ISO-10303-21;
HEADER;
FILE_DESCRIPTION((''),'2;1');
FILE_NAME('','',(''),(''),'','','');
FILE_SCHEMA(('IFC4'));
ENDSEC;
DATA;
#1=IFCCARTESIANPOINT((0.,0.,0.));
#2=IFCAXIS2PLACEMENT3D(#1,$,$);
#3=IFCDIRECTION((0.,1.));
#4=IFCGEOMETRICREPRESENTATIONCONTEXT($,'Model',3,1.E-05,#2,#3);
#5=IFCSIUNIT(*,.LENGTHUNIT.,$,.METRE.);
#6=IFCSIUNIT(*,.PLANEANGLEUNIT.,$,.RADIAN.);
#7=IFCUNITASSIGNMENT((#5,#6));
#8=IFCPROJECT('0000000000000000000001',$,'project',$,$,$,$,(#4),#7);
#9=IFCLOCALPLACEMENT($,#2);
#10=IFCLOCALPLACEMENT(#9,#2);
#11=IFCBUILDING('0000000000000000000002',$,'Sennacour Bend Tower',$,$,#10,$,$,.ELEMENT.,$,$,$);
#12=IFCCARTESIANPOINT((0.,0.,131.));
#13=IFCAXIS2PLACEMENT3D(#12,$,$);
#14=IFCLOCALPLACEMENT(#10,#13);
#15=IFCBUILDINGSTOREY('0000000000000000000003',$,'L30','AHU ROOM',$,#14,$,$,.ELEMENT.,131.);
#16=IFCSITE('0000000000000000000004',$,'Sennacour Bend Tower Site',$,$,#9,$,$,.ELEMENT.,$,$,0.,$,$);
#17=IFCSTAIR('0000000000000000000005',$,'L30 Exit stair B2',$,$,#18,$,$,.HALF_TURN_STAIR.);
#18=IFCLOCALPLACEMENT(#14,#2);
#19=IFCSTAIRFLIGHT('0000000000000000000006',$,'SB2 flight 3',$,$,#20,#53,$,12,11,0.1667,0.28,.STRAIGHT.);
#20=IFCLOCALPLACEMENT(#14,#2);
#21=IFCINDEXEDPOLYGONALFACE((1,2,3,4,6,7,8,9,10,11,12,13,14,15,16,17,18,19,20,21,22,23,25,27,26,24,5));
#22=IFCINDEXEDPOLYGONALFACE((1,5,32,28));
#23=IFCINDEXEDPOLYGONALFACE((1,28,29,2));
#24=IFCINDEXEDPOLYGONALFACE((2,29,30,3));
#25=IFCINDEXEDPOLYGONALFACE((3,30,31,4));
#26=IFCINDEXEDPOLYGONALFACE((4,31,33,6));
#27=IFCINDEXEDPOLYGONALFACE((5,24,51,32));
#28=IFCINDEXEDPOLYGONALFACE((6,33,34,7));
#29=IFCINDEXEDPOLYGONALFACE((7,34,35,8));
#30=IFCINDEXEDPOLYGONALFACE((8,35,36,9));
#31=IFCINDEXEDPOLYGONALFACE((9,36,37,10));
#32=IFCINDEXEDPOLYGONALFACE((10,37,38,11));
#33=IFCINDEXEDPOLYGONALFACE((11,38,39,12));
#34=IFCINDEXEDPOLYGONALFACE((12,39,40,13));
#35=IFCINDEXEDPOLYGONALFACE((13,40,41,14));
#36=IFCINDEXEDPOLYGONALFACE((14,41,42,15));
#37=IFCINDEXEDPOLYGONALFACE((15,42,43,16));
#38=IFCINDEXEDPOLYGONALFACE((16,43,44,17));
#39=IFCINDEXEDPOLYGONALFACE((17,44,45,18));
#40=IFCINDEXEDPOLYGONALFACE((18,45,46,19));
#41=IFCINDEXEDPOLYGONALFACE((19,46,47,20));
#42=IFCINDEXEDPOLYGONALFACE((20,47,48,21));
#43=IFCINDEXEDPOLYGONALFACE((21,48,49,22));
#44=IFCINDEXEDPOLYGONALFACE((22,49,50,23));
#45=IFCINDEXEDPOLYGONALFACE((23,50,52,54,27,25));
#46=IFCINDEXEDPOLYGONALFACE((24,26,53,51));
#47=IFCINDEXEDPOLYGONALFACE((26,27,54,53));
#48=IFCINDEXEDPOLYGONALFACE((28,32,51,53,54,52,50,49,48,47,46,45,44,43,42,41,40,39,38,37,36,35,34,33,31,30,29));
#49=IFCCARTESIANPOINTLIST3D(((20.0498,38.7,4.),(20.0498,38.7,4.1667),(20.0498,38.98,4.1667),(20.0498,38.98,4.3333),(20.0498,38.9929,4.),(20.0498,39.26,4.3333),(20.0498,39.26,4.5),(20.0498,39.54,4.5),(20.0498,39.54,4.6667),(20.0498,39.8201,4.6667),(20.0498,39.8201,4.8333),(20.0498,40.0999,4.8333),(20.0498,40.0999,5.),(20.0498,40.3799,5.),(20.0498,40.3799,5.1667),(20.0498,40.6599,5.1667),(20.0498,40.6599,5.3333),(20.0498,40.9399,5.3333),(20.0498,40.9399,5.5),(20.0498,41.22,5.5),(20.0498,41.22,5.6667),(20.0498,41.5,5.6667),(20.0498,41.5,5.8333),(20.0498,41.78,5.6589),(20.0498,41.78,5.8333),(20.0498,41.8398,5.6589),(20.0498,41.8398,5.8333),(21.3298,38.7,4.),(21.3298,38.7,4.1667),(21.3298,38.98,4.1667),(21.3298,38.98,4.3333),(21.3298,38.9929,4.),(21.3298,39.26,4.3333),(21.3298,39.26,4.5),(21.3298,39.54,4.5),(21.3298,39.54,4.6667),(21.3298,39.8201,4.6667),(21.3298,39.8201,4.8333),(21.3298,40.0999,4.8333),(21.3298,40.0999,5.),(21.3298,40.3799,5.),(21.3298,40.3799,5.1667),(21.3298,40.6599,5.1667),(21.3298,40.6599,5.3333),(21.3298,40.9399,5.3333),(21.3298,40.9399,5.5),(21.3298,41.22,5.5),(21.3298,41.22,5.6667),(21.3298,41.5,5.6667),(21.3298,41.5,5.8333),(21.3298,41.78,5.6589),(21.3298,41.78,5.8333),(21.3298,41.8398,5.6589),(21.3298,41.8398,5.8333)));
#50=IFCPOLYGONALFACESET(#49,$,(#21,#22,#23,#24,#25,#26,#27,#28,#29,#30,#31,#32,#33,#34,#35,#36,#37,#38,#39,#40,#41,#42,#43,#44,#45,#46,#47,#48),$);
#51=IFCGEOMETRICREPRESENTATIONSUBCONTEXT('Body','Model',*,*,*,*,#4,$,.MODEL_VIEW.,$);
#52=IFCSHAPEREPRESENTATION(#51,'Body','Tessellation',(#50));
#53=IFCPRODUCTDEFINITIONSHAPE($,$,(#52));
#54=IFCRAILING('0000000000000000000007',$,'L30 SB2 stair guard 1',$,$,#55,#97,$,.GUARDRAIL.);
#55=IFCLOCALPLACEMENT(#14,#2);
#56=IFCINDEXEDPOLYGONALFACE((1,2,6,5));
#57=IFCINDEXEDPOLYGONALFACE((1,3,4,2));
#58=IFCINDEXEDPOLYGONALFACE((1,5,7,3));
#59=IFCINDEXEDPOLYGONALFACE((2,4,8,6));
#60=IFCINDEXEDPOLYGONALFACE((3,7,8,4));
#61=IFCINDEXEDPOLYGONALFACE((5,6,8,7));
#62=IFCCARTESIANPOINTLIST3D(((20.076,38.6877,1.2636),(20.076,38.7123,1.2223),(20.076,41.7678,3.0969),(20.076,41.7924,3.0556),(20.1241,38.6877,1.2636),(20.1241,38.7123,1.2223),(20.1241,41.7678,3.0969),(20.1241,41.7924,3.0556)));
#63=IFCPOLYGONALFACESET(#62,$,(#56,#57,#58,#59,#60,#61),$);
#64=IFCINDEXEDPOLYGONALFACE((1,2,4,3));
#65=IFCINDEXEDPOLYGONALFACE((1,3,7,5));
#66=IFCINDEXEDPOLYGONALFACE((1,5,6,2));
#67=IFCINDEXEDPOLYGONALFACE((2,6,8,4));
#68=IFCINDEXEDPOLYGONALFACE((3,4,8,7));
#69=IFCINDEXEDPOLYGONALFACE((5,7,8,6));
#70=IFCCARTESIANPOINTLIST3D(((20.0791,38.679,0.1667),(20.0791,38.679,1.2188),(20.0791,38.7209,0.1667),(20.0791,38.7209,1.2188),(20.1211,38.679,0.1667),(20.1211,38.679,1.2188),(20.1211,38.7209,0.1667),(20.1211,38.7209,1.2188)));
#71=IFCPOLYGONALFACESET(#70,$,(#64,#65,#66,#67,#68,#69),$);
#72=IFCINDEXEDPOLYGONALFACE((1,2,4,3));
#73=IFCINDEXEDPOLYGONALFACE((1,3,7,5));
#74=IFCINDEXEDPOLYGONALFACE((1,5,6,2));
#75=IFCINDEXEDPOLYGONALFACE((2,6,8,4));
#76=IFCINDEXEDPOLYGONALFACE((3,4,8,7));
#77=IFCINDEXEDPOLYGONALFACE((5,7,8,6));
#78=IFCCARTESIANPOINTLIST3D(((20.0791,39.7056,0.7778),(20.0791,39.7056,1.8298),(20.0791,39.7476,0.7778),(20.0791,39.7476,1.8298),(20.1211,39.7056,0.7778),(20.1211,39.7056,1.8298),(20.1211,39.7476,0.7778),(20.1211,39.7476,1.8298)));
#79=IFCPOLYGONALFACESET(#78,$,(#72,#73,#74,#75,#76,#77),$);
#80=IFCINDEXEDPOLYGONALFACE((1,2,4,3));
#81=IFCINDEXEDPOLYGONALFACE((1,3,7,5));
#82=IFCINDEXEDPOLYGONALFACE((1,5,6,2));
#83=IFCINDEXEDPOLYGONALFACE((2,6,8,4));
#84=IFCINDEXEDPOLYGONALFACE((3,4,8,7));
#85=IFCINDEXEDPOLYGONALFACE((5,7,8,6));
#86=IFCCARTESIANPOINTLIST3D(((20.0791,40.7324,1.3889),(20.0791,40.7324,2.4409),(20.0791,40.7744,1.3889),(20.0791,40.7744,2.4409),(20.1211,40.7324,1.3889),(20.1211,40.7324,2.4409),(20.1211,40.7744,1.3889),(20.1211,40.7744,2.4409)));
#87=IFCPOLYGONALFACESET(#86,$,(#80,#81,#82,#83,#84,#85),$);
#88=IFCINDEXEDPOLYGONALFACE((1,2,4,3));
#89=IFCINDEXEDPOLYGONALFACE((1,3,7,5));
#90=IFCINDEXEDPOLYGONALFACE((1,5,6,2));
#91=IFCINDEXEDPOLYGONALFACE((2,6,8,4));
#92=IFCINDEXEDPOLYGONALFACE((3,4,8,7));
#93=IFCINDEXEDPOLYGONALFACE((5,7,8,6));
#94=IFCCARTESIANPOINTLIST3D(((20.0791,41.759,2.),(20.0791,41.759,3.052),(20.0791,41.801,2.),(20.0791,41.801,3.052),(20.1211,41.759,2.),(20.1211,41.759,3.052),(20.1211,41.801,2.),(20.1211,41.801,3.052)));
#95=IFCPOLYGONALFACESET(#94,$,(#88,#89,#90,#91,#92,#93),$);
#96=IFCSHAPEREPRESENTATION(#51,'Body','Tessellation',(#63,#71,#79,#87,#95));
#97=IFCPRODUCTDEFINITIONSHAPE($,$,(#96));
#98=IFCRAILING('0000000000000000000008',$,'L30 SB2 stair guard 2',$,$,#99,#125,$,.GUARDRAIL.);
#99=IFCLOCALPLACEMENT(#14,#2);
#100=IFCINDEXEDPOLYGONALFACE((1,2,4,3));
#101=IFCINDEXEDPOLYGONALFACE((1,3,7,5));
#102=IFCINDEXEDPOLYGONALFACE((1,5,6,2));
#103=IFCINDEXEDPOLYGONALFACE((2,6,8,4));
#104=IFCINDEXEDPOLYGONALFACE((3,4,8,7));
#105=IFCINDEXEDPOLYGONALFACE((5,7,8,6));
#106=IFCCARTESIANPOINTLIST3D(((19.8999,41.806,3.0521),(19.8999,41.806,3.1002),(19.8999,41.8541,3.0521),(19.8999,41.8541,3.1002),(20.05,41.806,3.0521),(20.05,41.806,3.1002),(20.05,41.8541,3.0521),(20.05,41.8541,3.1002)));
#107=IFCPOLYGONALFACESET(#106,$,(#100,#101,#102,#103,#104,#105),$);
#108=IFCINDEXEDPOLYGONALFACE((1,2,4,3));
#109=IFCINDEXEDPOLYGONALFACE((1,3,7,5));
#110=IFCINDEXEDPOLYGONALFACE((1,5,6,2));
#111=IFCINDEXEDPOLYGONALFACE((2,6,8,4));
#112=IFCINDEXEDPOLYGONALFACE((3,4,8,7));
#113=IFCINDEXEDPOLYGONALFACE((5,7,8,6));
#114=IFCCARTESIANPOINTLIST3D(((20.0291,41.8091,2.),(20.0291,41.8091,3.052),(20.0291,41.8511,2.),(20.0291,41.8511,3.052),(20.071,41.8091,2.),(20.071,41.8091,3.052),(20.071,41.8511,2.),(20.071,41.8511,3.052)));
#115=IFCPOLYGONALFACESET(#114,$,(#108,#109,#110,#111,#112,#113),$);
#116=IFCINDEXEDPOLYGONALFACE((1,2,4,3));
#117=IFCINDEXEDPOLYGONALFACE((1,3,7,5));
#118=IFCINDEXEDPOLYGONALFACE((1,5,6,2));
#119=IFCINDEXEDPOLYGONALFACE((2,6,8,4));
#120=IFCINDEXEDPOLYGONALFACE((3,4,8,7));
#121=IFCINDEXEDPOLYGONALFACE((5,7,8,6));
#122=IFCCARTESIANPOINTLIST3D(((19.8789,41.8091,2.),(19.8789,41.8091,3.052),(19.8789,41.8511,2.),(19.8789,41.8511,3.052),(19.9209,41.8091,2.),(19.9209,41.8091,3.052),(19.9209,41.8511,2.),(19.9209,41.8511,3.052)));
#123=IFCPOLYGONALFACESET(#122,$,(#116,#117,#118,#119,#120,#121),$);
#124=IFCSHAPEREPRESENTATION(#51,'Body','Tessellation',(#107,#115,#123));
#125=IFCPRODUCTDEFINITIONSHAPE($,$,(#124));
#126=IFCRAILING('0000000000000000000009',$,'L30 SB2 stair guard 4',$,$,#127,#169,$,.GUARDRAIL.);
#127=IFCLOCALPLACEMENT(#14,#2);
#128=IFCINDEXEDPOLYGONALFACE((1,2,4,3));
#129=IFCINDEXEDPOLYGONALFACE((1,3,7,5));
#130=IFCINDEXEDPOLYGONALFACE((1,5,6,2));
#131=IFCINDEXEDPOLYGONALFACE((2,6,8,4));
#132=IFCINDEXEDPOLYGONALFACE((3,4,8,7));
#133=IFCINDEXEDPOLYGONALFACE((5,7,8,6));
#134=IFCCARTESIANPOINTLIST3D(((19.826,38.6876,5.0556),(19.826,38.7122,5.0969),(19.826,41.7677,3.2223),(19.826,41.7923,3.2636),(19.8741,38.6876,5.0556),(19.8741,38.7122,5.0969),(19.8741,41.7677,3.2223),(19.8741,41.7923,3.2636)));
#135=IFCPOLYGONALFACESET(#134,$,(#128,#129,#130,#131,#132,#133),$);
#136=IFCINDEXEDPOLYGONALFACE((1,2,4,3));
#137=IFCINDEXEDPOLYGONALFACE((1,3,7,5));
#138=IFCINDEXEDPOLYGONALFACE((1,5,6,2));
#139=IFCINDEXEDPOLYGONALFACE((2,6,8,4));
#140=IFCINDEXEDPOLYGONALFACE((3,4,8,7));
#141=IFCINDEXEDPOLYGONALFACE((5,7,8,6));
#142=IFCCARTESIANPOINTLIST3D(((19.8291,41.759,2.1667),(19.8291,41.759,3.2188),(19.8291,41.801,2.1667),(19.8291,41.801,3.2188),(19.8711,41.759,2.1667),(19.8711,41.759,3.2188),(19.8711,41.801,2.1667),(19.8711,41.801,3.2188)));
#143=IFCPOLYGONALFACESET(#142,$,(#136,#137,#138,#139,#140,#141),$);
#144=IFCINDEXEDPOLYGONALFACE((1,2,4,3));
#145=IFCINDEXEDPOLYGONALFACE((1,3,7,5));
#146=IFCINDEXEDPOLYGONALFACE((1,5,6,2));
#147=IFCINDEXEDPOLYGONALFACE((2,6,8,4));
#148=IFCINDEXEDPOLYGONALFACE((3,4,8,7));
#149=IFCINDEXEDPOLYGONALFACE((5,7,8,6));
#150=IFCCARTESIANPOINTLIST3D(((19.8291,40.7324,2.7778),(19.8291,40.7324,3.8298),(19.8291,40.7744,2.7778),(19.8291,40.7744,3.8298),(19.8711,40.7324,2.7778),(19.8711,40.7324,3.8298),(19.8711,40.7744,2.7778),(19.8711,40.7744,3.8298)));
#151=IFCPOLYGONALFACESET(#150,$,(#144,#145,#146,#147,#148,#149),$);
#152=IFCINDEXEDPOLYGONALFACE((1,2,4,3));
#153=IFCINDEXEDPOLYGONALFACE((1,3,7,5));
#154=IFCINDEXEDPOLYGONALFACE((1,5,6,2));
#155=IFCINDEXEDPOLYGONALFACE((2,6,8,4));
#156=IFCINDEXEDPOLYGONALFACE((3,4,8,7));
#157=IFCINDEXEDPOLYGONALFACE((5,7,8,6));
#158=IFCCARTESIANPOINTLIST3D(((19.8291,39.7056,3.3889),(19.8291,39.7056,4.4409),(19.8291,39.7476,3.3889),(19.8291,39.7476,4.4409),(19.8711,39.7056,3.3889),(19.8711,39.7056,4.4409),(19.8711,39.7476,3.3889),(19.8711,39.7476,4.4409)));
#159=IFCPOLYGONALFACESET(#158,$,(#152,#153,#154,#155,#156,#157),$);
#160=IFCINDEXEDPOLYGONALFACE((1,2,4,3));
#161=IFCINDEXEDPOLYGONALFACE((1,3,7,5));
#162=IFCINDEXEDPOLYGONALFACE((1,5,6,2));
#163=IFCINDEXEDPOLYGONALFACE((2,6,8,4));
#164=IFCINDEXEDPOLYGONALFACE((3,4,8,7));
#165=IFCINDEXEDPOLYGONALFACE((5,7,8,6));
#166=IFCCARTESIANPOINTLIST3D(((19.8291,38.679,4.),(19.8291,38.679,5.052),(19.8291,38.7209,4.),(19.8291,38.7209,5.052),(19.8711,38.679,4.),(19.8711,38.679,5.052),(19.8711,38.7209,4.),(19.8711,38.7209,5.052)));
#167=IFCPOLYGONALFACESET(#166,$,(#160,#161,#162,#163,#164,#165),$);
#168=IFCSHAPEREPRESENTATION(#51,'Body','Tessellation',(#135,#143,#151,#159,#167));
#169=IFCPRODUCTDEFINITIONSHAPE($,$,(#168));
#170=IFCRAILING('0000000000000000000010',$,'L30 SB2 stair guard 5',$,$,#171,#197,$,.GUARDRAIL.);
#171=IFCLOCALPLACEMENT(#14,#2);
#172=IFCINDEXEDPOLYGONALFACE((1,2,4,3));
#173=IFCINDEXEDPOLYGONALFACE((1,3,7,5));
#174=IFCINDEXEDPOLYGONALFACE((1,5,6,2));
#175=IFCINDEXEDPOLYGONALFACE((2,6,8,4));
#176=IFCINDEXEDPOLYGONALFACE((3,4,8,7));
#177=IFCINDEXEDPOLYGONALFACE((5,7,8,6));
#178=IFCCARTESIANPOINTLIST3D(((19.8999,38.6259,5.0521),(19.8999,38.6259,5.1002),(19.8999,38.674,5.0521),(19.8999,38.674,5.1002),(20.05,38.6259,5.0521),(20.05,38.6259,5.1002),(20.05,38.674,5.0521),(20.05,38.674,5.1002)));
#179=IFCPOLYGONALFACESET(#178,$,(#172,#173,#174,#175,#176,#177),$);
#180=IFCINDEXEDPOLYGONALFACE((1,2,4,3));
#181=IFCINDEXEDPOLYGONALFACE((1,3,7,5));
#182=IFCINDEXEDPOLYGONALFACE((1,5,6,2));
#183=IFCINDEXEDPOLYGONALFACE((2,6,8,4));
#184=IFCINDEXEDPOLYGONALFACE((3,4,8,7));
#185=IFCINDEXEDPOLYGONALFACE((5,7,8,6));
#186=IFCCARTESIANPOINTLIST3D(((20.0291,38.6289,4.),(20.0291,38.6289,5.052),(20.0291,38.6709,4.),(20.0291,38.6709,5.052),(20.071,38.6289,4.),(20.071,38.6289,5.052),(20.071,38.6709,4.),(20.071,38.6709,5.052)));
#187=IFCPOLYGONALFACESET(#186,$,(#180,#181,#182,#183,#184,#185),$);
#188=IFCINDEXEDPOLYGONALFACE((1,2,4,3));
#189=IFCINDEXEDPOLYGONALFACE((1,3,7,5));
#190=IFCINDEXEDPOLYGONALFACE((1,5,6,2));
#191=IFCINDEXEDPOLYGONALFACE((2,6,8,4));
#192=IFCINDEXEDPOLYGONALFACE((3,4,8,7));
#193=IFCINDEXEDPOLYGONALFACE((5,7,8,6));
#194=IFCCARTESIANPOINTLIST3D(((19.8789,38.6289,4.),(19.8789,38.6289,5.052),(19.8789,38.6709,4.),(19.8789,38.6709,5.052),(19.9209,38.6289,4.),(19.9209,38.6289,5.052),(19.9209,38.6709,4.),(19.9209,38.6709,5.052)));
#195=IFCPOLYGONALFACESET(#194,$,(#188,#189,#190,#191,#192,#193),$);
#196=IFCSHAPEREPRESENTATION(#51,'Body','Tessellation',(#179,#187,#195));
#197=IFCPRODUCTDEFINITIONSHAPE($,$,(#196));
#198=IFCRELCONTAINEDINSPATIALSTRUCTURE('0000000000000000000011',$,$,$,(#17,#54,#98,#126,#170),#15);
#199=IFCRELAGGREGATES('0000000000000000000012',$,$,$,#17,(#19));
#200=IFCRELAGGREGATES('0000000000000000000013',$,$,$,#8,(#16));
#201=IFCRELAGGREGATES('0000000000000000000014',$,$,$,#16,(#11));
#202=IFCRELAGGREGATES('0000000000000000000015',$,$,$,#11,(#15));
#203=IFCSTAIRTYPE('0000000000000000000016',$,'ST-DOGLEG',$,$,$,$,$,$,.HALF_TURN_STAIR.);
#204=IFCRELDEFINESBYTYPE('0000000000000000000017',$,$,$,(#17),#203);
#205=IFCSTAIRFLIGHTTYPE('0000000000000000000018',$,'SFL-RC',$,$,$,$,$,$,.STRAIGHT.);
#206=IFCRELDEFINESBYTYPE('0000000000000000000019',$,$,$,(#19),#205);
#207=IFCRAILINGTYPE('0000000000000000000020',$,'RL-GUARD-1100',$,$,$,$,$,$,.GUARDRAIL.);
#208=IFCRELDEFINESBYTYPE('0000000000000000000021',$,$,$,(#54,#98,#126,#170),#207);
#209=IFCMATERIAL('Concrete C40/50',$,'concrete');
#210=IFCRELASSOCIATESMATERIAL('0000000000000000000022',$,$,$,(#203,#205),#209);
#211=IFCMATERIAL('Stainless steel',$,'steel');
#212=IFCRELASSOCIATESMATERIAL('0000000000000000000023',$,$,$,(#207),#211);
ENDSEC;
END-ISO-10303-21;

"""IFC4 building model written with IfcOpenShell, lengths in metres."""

from ifc_helpers import new_model, si_unit, direction, frame, origin, origin_2d, place, context, subcontext, project, spatial, polyline, rectangle, outline, extrude, material, type_object, element, aggregate, save


model = new_model("IFC4")

# Units and contexts
model_context = context("Model", 3, precision=1e-05, world=origin(), true_north=direction((0.0, 1.0)))
body_context = subcontext(model_context, "Body", "Model", "MODEL_VIEW")
ifc_project = project(units=[si_unit("LENGTHUNIT", "METRE"), si_unit("PLANEANGLEUNIT", "RADIAN")], contexts=[model_context])

# Site, building, storey
site_placement = place(None, origin())
site = spatial("IfcSite", under=ifc_project, at=site_placement, Name="Sennacour Bend Tower Site", CompositionType="ELEMENT", RefElevation=0.0)
building_placement = place(site_placement, origin())
building = spatial("IfcBuilding", under=site, at=building_placement, Name="Sennacour Bend Tower", CompositionType="ELEMENT")
storey_placement = place(building_placement, frame((0.0, 0.0, 131.0)))
storey = spatial("IfcBuildingStorey", under=building, at=storey_placement, Name="L30", Description="AHU ROOM", CompositionType="ELEMENT", Elevation=131.0)

# Stair, stair flight
ifc_material_1 = material(Name="Concrete C40/50", Category="concrete")
stair_type = type_object("IfcStairType", Name="ST-DOGLEG", PredefinedType="HALF_TURN_STAIR", material=ifc_material_1)
stair_placement = place(storey_placement, origin())
stair = element("IfcStair", 1, at=stair_placement, inside=storey, type_object=stair_type, Name="L30 Exit stair B2", PredefinedType="HALF_TURN_STAIR")
stair_flight_type = type_object("IfcStairFlightType", Name="SFL-RC", PredefinedType="STRAIGHT", material=ifc_material_1)
stair_flight_1_placement = place(storey_placement, frame((20.6899, 38.7, 4.0), z_axis=(0.0, 0.0, 1.0), x_axis=(0.0, 1.0, 0.0)))
stair_flight_1 = element("IfcStairFlight", 2, at=stair_flight_1_placement, type_object=stair_flight_type, Name="SB2 flight 3", NumberOfRisers=12, NumberOfTreads=11, PredefinedType="STRAIGHT", RiserHeight=0.1667, TreadLength=0.28, context=body_context, shape_type="SweptSolid", body=[
    extrude(outline(polyline([(0.0, 0.0), (0.0, 0.1667), (0.28, 0.1667), (0.28, 0.3333), (0.5601, 0.3333), (0.5601, 0.5), (0.8401, 0.5), (0.8401, 0.6667), (1.1201, 0.6667), (1.1201, 0.8333), (1.3999, 0.8333), (1.3999, 1.0), (1.6799, 1.0), (1.6799, 1.1667), (1.96, 1.1667), (1.96, 1.3333), (2.24, 1.3333), (2.24, 1.5), (2.52, 1.5), (2.52, 1.6667), (2.8, 1.6667), (2.8, 1.8333), (3.0801, 1.8333), (3.1399, 1.8333), (3.1399, 1.6589), (3.0801, 1.6589), (0.293, 0.0), (0.0, 0.0)])), frame((0.0, 0.6401, 0.0), z_axis=(0.0, -1.0, 0.0), x_axis=(1.0, 0.0, 0.0)), (0.0, 0.0, 1.0), 1.28),
])
aggregate(stair, [stair_flight_1])

# Railings
ifc_material_2 = material(Name="Stainless steel", Category="steel")
railing_type_1 = type_object("IfcRailingType", Name="RL-GUARD-1100", PredefinedType="GUARDRAIL", material=ifc_material_2)
railing_1_placement = place(storey_placement, frame((20.1001, 38.7, 0.1667)))
element("IfcRailing", 3, at=railing_1_placement, inside=storey, type_object=railing_type_1, Name="L30 SB2 stair guard 1", PredefinedType="GUARDRAIL", context=body_context, shape_type="SweptSolid", body=[
    extrude(rectangle(XDim=0.0481, YDim=0.0481, at=origin_2d()), frame((0.0, 0.0, 1.0762), z_axis=(0.0, 0.859309, 0.511458), x_axis=(-1.0, 0.0, 0.0)), (0.0, 0.0, 1.0), 3.5845),
    extrude(rectangle(XDim=0.042, YDim=0.042, at=origin_2d()), origin(), (0.0, 0.0, 1.0), 1.052),
    extrude(rectangle(XDim=0.042, YDim=0.042, at=origin_2d()), frame((0.0, 1.0266, 0.6111)), (0.0, 0.0, 1.0), 1.052),
    extrude(rectangle(XDim=0.042, YDim=0.042, at=origin_2d()), frame((0.0, 2.0535, 1.2222)), (0.0, 0.0, 1.0), 1.052),
    extrude(rectangle(XDim=0.042, YDim=0.042, at=origin_2d()), frame((0.0, 3.0801, 1.8333)), (0.0, 0.0, 1.0), 1.052),
])
railing_2_placement = place(storey_placement, frame((20.05, 41.8301, 2.0)))
element("IfcRailing", 4, at=railing_2_placement, inside=storey, type_object=railing_type_1, Name="L30 SB2 stair guard 2", PredefinedType="GUARDRAIL", context=body_context, shape_type="SweptSolid", body=[
    extrude(rectangle(XDim=0.0481, YDim=0.0481, at=origin_2d()), frame((0.0, 0.0, 1.0762), z_axis=(-1.0, 0.0, 0.0), x_axis=(0.0, -1.0, 0.0)), (0.0, 0.0, 1.0), 0.1501),
    extrude(rectangle(XDim=0.042, YDim=0.042, at=origin_2d()), origin(), (0.0, 0.0, 1.0), 1.052),
    extrude(rectangle(XDim=0.042, YDim=0.042, at=origin_2d()), frame((-0.1501, 0.0, 0.0)), (0.0, 0.0, 1.0), 1.052),
])
railing_3_placement = place(storey_placement, frame((19.8501, 41.78, 2.1667)))
element("IfcRailing", 5, at=railing_3_placement, inside=storey, type_object=railing_type_1, Name="L30 SB2 stair guard 4", PredefinedType="GUARDRAIL", context=body_context, shape_type="SweptSolid", body=[
    extrude(rectangle(XDim=0.0481, YDim=0.0481, at=origin_2d()), frame((0.0, 0.0, 1.0762), z_axis=(0.0, -0.859309, 0.511458), x_axis=(1.0, 0.0, 0.0)), (0.0, 0.0, 1.0), 3.5845),
    extrude(rectangle(XDim=0.042, YDim=0.042, at=origin_2d()), origin(), (0.0, 0.0, 1.0), 1.052),
    extrude(rectangle(XDim=0.042, YDim=0.042, at=origin_2d()), frame((0.0, -1.0266, 0.6111)), (0.0, 0.0, 1.0), 1.052),
    extrude(rectangle(XDim=0.042, YDim=0.042, at=origin_2d()), frame((0.0, -2.0535, 1.2222)), (0.0, 0.0, 1.0), 1.052),
    extrude(rectangle(XDim=0.042, YDim=0.042, at=origin_2d()), frame((0.0, -3.0801, 1.8333)), (0.0, 0.0, 1.0), 1.052),
])
railing_4_placement = place(storey_placement, frame((20.05, 38.6499, 4.0)))
element("IfcRailing", 6, at=railing_4_placement, inside=storey, type_object=railing_type_1, Name="L30 SB2 stair guard 5", PredefinedType="GUARDRAIL", context=body_context, shape_type="SweptSolid", body=[
    extrude(rectangle(XDim=0.0481, YDim=0.0481, at=origin_2d()), frame((0.0, 0.0, 1.0762), z_axis=(-1.0, 0.0, 0.0), x_axis=(0.0, -1.0, 0.0)), (0.0, 0.0, 1.0), 0.1501),
    extrude(rectangle(XDim=0.042, YDim=0.042, at=origin_2d()), origin(), (0.0, 0.0, 1.0), 1.052),
    extrude(rectangle(XDim=0.042, YDim=0.042, at=origin_2d()), frame((-0.1501, 0.0, 0.0)), (0.0, 0.0, 1.0), 1.052),
])

save(model, "model.ifc")
